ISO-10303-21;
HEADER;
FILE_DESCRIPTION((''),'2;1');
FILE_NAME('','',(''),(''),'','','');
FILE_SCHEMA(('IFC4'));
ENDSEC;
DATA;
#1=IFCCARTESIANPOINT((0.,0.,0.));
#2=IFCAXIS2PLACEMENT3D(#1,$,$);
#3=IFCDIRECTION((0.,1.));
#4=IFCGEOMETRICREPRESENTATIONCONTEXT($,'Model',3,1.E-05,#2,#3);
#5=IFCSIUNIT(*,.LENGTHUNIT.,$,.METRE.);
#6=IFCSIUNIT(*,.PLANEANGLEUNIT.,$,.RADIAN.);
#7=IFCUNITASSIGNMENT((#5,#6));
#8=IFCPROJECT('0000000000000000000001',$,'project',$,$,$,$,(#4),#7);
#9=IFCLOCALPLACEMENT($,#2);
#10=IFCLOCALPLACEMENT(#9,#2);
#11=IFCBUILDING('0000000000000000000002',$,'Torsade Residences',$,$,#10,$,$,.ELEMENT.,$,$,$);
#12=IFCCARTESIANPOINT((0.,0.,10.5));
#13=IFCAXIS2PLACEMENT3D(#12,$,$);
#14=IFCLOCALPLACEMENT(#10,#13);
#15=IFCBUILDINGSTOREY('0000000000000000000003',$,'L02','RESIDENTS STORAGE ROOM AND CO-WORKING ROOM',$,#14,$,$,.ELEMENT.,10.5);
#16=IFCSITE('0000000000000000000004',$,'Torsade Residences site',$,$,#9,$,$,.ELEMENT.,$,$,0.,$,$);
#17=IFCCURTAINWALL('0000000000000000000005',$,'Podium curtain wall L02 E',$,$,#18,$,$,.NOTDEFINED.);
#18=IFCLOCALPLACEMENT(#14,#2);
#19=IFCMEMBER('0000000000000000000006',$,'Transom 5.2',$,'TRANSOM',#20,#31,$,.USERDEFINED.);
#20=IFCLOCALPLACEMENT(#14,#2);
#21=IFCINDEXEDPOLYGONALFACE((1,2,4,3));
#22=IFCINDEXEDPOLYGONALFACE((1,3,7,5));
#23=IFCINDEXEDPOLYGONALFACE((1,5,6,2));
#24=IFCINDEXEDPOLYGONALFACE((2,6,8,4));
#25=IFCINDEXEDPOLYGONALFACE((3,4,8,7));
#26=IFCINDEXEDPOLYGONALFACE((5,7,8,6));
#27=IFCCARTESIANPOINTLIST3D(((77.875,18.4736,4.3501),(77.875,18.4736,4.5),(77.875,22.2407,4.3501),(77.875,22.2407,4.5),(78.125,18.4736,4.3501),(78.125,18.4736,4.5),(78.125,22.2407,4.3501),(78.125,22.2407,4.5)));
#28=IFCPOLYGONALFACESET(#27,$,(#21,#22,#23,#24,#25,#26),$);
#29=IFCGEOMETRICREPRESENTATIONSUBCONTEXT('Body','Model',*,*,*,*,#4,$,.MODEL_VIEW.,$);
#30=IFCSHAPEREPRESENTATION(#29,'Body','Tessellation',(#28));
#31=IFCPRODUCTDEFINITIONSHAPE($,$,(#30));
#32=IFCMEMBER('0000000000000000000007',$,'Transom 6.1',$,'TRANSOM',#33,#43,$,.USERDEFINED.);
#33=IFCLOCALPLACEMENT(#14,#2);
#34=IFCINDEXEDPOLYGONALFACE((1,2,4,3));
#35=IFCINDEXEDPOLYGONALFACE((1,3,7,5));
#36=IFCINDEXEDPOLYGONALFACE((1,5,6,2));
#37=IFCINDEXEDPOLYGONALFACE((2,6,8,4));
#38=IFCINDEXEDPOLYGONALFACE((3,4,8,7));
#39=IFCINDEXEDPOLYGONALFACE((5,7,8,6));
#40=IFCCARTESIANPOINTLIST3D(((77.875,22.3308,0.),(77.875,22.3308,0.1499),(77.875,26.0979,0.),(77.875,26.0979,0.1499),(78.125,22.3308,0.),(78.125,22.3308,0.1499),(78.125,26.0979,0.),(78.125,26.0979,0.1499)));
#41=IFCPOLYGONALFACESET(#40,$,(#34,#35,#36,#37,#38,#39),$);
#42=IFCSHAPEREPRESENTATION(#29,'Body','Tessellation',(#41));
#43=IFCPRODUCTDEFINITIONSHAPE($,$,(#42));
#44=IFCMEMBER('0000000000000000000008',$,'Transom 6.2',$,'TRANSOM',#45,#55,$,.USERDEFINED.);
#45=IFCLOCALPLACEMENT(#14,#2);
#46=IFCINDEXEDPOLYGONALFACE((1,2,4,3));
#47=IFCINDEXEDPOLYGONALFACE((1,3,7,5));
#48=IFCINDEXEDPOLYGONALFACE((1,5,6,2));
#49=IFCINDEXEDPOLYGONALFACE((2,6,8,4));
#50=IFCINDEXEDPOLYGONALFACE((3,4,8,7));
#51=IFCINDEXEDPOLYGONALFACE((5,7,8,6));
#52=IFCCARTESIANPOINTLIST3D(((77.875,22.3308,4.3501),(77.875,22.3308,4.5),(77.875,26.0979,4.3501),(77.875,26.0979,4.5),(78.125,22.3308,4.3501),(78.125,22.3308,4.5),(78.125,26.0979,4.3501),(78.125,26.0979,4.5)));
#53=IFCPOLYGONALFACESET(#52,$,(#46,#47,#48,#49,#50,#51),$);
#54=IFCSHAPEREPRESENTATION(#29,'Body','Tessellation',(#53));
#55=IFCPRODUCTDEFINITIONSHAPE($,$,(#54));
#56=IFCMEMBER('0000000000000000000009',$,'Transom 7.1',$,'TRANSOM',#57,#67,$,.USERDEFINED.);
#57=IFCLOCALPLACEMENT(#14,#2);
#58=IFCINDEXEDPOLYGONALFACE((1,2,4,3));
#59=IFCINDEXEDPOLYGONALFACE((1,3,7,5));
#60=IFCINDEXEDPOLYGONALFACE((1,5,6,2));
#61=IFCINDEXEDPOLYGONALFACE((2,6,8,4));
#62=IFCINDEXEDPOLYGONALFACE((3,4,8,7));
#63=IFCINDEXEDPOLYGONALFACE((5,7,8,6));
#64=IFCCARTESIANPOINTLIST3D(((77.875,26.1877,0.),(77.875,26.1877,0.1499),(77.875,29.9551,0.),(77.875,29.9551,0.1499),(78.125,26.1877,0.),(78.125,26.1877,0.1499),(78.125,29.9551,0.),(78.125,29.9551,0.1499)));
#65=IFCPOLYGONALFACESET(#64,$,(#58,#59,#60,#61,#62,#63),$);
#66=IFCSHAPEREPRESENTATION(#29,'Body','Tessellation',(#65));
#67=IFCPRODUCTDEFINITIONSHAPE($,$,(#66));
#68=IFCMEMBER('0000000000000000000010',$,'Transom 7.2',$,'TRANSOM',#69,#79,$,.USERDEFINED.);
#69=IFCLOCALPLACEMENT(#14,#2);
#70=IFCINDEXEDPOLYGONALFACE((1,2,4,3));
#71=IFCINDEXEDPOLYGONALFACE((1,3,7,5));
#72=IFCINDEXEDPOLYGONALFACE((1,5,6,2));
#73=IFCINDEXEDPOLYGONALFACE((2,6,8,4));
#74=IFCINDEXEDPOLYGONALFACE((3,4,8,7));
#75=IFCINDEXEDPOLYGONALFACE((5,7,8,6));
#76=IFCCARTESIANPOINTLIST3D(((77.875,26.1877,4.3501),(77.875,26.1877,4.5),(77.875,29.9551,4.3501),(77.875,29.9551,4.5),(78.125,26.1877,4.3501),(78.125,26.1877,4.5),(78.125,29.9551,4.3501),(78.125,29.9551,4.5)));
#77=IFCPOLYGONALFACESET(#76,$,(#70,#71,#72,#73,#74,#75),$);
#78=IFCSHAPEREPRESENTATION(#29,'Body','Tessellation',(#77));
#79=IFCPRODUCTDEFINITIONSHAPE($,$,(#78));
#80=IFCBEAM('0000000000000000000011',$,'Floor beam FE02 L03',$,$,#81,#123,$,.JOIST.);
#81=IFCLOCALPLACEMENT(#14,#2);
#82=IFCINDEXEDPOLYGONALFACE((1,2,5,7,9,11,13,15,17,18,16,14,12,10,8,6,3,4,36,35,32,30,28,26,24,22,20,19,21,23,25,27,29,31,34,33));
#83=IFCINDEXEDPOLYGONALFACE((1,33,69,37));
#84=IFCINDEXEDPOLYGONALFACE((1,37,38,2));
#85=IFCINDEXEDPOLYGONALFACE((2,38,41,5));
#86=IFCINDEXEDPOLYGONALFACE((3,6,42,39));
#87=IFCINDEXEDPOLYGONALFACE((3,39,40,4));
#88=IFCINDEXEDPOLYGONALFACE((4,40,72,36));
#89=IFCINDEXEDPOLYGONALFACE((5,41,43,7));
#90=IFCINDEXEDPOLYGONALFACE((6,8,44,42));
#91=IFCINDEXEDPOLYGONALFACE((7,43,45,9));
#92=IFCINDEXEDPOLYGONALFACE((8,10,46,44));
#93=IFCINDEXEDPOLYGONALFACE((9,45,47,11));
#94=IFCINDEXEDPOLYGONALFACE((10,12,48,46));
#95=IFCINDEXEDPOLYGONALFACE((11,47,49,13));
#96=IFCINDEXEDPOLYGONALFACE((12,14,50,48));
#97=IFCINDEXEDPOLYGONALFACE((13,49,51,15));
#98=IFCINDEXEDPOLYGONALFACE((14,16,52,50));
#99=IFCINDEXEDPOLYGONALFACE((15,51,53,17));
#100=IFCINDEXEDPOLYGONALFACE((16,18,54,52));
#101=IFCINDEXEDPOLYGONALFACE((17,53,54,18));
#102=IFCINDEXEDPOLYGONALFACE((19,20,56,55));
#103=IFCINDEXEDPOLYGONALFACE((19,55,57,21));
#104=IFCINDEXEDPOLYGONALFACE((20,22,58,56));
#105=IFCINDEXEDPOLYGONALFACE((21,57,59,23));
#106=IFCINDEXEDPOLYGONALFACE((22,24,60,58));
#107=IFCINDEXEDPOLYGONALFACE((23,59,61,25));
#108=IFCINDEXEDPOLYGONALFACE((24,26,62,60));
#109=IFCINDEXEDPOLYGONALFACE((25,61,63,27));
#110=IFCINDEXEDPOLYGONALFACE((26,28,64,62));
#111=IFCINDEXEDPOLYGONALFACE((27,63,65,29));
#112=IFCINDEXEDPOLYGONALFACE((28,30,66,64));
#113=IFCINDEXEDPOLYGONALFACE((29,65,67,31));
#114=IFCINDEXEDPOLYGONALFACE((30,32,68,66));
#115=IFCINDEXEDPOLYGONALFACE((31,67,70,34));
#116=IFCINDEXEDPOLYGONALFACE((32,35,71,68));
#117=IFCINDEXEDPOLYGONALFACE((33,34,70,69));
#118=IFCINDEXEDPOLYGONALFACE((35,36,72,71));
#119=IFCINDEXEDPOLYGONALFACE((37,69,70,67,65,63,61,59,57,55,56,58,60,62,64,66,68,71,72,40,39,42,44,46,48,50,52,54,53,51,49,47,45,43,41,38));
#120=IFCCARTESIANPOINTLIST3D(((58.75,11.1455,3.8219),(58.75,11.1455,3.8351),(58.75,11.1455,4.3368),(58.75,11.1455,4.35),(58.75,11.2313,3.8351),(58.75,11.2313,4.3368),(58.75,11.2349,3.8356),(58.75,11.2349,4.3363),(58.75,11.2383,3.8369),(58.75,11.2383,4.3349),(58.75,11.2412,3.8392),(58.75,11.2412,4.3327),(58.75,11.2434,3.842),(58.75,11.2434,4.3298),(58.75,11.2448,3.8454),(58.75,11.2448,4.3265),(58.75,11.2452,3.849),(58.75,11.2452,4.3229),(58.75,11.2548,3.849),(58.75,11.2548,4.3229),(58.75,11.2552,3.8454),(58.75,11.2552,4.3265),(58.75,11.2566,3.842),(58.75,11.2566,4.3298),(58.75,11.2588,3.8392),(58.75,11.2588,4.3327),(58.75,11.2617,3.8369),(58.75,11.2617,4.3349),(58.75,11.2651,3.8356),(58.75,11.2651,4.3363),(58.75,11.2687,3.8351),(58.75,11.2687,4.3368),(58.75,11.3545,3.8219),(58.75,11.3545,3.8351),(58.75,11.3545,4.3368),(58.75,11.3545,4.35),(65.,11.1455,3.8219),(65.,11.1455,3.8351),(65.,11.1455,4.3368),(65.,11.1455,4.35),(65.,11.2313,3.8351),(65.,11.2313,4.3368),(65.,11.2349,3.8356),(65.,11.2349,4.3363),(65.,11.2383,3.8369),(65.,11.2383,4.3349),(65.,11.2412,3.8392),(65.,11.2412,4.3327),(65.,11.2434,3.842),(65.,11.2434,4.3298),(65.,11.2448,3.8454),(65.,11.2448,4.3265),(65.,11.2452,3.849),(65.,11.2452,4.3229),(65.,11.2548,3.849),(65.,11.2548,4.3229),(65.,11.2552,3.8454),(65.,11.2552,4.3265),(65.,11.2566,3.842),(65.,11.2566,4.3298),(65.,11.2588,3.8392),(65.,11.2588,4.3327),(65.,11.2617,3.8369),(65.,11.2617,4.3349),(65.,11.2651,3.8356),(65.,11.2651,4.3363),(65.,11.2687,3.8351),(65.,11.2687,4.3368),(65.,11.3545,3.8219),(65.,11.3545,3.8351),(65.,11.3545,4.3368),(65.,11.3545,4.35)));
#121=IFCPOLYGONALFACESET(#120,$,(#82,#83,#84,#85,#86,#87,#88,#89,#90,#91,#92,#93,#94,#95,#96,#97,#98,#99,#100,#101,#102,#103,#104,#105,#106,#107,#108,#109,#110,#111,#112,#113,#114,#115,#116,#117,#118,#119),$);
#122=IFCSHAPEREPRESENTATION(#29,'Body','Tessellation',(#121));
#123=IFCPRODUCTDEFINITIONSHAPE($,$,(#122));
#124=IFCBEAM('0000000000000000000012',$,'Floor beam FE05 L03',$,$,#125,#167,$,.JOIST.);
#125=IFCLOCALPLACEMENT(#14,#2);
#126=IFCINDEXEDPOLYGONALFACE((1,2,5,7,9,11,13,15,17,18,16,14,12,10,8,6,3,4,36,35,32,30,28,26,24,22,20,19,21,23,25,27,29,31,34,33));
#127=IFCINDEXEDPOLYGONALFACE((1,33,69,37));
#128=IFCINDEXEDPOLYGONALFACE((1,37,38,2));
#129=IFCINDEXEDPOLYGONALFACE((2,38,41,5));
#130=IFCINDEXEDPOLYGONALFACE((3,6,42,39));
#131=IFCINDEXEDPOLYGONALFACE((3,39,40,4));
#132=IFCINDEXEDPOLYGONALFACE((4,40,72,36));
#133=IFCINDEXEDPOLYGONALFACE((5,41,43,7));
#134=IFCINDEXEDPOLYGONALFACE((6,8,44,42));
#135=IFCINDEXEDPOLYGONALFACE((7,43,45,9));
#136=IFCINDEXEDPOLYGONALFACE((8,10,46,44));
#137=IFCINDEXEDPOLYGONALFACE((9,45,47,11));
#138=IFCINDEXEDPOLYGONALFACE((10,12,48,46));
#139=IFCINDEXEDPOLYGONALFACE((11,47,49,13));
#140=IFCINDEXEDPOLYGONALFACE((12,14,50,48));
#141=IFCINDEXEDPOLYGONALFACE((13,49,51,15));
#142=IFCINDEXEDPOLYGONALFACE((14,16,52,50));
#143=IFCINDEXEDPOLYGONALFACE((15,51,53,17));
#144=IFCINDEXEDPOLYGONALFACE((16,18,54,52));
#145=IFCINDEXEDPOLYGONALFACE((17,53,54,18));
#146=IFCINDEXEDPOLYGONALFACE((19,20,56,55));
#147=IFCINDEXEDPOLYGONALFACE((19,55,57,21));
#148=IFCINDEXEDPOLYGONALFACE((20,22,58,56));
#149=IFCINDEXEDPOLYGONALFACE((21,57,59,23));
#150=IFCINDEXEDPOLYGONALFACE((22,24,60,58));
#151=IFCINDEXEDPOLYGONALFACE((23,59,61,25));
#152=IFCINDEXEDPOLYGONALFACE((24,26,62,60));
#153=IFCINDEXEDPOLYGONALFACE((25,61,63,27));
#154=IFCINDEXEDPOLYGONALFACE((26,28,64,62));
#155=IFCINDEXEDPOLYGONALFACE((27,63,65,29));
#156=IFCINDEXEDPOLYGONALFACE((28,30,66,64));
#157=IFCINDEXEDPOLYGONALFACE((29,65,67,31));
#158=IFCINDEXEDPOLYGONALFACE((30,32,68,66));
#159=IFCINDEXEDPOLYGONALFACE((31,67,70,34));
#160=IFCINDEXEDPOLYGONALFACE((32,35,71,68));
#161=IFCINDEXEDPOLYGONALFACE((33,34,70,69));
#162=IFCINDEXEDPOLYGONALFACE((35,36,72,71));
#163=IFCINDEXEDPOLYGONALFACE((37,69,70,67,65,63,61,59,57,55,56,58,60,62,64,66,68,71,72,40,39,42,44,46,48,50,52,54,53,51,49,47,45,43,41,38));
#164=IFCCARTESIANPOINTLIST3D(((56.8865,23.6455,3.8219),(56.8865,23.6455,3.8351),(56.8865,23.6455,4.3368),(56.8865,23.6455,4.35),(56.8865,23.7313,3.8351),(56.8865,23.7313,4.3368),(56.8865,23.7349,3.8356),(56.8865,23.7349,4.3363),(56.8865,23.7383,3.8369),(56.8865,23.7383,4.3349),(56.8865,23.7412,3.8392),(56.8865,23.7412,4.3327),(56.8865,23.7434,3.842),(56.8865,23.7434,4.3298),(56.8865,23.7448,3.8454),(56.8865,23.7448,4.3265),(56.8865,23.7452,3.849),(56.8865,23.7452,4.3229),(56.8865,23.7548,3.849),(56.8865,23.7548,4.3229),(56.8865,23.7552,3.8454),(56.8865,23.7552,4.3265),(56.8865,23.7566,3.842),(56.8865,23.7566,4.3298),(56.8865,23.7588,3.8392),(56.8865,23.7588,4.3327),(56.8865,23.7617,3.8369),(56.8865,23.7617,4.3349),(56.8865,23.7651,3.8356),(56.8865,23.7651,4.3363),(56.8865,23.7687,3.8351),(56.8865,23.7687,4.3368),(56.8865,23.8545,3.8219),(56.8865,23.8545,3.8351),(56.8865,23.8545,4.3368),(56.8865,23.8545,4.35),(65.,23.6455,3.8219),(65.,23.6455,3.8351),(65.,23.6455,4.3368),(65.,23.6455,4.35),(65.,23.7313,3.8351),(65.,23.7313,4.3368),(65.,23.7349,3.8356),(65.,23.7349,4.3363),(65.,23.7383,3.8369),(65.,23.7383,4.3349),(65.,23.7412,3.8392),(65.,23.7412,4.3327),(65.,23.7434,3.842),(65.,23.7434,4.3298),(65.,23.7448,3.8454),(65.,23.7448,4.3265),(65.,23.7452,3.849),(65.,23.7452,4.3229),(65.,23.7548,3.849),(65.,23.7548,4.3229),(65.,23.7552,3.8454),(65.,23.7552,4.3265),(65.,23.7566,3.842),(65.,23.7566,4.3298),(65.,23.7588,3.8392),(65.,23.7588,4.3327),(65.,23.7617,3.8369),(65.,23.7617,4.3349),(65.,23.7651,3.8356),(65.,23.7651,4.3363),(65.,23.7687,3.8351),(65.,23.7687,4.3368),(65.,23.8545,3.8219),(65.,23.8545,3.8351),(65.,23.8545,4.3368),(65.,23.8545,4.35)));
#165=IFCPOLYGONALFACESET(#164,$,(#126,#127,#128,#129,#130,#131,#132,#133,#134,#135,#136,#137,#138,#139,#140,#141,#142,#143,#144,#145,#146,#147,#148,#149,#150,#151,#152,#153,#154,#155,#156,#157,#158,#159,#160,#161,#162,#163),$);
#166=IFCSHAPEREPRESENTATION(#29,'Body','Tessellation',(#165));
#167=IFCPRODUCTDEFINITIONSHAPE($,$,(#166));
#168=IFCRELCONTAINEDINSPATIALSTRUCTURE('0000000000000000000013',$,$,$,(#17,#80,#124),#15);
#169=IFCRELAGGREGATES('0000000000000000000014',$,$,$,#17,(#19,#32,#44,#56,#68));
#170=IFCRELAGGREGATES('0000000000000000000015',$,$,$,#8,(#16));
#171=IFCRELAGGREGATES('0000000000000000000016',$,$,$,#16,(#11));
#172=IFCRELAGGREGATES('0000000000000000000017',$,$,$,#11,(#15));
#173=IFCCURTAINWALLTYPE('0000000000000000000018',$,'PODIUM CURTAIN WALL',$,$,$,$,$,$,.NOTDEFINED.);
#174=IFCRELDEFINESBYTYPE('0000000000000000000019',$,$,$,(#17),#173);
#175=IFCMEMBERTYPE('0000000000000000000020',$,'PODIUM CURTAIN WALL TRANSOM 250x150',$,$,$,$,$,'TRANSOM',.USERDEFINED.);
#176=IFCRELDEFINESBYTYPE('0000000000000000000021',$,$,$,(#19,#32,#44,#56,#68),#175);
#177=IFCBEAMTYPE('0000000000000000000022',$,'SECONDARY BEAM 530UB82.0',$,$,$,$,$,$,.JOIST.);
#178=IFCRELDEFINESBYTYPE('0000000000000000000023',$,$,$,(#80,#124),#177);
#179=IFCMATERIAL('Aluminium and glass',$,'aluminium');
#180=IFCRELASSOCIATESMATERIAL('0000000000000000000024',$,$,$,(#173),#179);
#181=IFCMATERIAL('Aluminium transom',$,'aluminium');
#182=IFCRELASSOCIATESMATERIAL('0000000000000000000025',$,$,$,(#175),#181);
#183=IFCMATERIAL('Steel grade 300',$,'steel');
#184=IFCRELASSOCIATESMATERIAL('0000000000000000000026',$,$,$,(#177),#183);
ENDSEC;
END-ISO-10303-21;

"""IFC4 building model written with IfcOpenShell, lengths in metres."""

from ifc_helpers import new_model, si_unit, direction, frame, origin, origin_2d, place, context, subcontext, project, spatial, rectangle, i_section, extrude, material, material_profile, profile_set, type_object, element, aggregate, save


model = new_model("IFC4")

# Units and contexts
model_context = context("Model", 3, precision=1e-05, world=origin(), true_north=direction((0.0, 1.0)))
body_context = subcontext(model_context, "Body", "Model", "MODEL_VIEW")
ifc_project = project(units=[si_unit("LENGTHUNIT", "METRE"), si_unit("PLANEANGLEUNIT", "RADIAN")], contexts=[model_context])

# Site, building, storey
site_placement = place(None, origin())
site = spatial("IfcSite", under=ifc_project, at=site_placement, Name="Torsade Residences site", CompositionType="ELEMENT", RefElevation=0.0)
building_placement = place(site_placement, origin())
building = spatial("IfcBuilding", under=site, at=building_placement, Name="Torsade Residences", CompositionType="ELEMENT")
storey_placement = place(building_placement, frame((0.0, 0.0, 10.5)))
storey = spatial("IfcBuildingStorey", under=building, at=storey_placement, Name="L02", Description="RESIDENTS STORAGE ROOM AND CO-WORKING ROOM", CompositionType="ELEMENT", Elevation=10.5)

# Curtain wall, members
ifc_material_1 = material(Name="Aluminium and glass", Category="aluminium")
curtain_wall_type = type_object("IfcCurtainWallType", Name="PODIUM CURTAIN WALL", PredefinedType="NOTDEFINED", material=ifc_material_1)
curtain_wall_placement = place(storey_placement, origin())
curtain_wall = element("IfcCurtainWall", 1, at=curtain_wall_placement, inside=storey, type_object=curtain_wall_type, Name="Podium curtain wall L02 E", PredefinedType="NOTDEFINED")
ifc_material_2 = material(Name="Aluminium transom", Category="aluminium")
ifc_material_profile_1 = material_profile(ifc_material_2, rectangle(XDim=0.25, YDim=0.1499, at=origin_2d()), Name="PODIUM CURTAIN WALL TRANSOM 250x150")
ifc_profile_set_1 = profile_set([ifc_material_profile_1], Name="Aluminium transom")
member_type_1 = type_object("IfcMemberType", Name="PODIUM CURTAIN WALL TRANSOM 250x150", ElementType="TRANSOM", PredefinedType="USERDEFINED", material=ifc_profile_set_1)
member_1_placement = place(storey_placement, frame((78.0, 18.4736, 4.425), z_axis=(0.0, 1.0, 0.0), x_axis=(-1.0, 0.0, 0.0)))
member_1 = element("IfcMember", 2, at=member_1_placement, type_object=member_type_1, Name="Transom 5.2", ObjectType="TRANSOM", PredefinedType="USERDEFINED", context=body_context, shape_type="SweptSolid", body=[
    extrude(rectangle(XDim=0.25, YDim=0.1499, at=origin_2d()), origin(), (0.0, 0.0, 1.0), 3.7671),
])
member_2_placement = place(storey_placement, frame((78.0, 22.3308, 0.075), z_axis=(0.0, 1.0, 0.0), x_axis=(-1.0, 0.0, 0.0)))
member_2 = element("IfcMember", 3, at=member_2_placement, type_object=member_type_1, Name="Transom 6.1", ObjectType="TRANSOM", PredefinedType="USERDEFINED", context=body_context, shape_type="SweptSolid", body=[
    extrude(rectangle(XDim=0.25, YDim=0.1499, at=origin_2d()), origin(), (0.0, 0.0, 1.0), 3.7671),
])
member_3_placement = place(storey_placement, frame((78.0, 22.3308, 4.425), z_axis=(0.0, 1.0, 0.0), x_axis=(-1.0, 0.0, 0.0)))
member_3 = element("IfcMember", 4, at=member_3_placement, type_object=member_type_1, Name="Transom 6.2", ObjectType="TRANSOM", PredefinedType="USERDEFINED", context=body_context, shape_type="SweptSolid", body=[
    extrude(rectangle(XDim=0.25, YDim=0.1499, at=origin_2d()), origin(), (0.0, 0.0, 1.0), 3.7671),
])
member_4_placement = place(storey_placement, frame((78.0, 26.1877, 0.075), z_axis=(0.0, 1.0, 0.0), x_axis=(-1.0, 0.0, 0.0)))
member_4 = element("IfcMember", 5, at=member_4_placement, type_object=member_type_1, Name="Transom 7.1", ObjectType="TRANSOM", PredefinedType="USERDEFINED", context=body_context, shape_type="SweptSolid", body=[
    extrude(rectangle(XDim=0.25, YDim=0.1499, at=origin_2d()), origin(), (0.0, 0.0, 1.0), 3.7673),
])
member_5_placement = place(storey_placement, frame((78.0, 26.1877, 4.425), z_axis=(0.0, 1.0, 0.0), x_axis=(-1.0, 0.0, 0.0)))
member_5 = element("IfcMember", 6, at=member_5_placement, type_object=member_type_1, Name="Transom 7.2", ObjectType="TRANSOM", PredefinedType="USERDEFINED", context=body_context, shape_type="SweptSolid", body=[
    extrude(rectangle(XDim=0.25, YDim=0.1499, at=origin_2d()), origin(), (0.0, 0.0, 1.0), 3.7673),
])

# Beams
ifc_material_3 = material(Name="Steel grade 300", Category="steel")
ifc_material_profile_2 = material_profile(ifc_material_3, i_section(OverallWidth=0.209, OverallDepth=0.5281, WebThickness=0.0095, FlangeThickness=0.0132, FilletRadius=0.0139, at=origin_2d()), Name="530UB82.0")
ifc_profile_set_2 = profile_set([ifc_material_profile_2], Name="Steel grade 300")
beam_type_1 = type_object("IfcBeamType", Name="SECONDARY BEAM 530UB82.0", PredefinedType="JOIST", material=ifc_profile_set_2)
beam_1_placement = place(storey_placement, frame((65.0, 11.25, 4.0859), z_axis=(-1.0, 0.0, 0.0), x_axis=(0.0, -1.0, 0.0)))
element("IfcBeam", 7, at=beam_1_placement, inside=storey, type_object=beam_type_1, Name="Floor beam FE02 L03", PredefinedType="JOIST", context=body_context, shape_type="SweptSolid", body=[
    extrude(i_section(OverallWidth=0.209, OverallDepth=0.5281, WebThickness=0.0095, FlangeThickness=0.0132, FilletRadius=0.0139, at=origin_2d()), origin(), (0.0, 0.0, 1.0), 6.25),
])
beam_2_placement = place(storey_placement, frame((65.0, 23.75, 4.0859), z_axis=(-1.0, 0.0, 0.0), x_axis=(0.0, -1.0, 0.0)))
element("IfcBeam", 8, at=beam_2_placement, inside=storey, type_object=beam_type_1, Name="Floor beam FE05 L03", PredefinedType="JOIST", context=body_context, shape_type="SweptSolid", body=[
    extrude(i_section(OverallWidth=0.209, OverallDepth=0.5281, WebThickness=0.0095, FlangeThickness=0.0132, FilletRadius=0.0139, at=origin_2d()), origin(), (0.0, 0.0, 1.0), 8.1135),
])

aggregate(curtain_wall, [member_1, member_2, member_3, member_4, member_5])

save(model, "model.ifc")
